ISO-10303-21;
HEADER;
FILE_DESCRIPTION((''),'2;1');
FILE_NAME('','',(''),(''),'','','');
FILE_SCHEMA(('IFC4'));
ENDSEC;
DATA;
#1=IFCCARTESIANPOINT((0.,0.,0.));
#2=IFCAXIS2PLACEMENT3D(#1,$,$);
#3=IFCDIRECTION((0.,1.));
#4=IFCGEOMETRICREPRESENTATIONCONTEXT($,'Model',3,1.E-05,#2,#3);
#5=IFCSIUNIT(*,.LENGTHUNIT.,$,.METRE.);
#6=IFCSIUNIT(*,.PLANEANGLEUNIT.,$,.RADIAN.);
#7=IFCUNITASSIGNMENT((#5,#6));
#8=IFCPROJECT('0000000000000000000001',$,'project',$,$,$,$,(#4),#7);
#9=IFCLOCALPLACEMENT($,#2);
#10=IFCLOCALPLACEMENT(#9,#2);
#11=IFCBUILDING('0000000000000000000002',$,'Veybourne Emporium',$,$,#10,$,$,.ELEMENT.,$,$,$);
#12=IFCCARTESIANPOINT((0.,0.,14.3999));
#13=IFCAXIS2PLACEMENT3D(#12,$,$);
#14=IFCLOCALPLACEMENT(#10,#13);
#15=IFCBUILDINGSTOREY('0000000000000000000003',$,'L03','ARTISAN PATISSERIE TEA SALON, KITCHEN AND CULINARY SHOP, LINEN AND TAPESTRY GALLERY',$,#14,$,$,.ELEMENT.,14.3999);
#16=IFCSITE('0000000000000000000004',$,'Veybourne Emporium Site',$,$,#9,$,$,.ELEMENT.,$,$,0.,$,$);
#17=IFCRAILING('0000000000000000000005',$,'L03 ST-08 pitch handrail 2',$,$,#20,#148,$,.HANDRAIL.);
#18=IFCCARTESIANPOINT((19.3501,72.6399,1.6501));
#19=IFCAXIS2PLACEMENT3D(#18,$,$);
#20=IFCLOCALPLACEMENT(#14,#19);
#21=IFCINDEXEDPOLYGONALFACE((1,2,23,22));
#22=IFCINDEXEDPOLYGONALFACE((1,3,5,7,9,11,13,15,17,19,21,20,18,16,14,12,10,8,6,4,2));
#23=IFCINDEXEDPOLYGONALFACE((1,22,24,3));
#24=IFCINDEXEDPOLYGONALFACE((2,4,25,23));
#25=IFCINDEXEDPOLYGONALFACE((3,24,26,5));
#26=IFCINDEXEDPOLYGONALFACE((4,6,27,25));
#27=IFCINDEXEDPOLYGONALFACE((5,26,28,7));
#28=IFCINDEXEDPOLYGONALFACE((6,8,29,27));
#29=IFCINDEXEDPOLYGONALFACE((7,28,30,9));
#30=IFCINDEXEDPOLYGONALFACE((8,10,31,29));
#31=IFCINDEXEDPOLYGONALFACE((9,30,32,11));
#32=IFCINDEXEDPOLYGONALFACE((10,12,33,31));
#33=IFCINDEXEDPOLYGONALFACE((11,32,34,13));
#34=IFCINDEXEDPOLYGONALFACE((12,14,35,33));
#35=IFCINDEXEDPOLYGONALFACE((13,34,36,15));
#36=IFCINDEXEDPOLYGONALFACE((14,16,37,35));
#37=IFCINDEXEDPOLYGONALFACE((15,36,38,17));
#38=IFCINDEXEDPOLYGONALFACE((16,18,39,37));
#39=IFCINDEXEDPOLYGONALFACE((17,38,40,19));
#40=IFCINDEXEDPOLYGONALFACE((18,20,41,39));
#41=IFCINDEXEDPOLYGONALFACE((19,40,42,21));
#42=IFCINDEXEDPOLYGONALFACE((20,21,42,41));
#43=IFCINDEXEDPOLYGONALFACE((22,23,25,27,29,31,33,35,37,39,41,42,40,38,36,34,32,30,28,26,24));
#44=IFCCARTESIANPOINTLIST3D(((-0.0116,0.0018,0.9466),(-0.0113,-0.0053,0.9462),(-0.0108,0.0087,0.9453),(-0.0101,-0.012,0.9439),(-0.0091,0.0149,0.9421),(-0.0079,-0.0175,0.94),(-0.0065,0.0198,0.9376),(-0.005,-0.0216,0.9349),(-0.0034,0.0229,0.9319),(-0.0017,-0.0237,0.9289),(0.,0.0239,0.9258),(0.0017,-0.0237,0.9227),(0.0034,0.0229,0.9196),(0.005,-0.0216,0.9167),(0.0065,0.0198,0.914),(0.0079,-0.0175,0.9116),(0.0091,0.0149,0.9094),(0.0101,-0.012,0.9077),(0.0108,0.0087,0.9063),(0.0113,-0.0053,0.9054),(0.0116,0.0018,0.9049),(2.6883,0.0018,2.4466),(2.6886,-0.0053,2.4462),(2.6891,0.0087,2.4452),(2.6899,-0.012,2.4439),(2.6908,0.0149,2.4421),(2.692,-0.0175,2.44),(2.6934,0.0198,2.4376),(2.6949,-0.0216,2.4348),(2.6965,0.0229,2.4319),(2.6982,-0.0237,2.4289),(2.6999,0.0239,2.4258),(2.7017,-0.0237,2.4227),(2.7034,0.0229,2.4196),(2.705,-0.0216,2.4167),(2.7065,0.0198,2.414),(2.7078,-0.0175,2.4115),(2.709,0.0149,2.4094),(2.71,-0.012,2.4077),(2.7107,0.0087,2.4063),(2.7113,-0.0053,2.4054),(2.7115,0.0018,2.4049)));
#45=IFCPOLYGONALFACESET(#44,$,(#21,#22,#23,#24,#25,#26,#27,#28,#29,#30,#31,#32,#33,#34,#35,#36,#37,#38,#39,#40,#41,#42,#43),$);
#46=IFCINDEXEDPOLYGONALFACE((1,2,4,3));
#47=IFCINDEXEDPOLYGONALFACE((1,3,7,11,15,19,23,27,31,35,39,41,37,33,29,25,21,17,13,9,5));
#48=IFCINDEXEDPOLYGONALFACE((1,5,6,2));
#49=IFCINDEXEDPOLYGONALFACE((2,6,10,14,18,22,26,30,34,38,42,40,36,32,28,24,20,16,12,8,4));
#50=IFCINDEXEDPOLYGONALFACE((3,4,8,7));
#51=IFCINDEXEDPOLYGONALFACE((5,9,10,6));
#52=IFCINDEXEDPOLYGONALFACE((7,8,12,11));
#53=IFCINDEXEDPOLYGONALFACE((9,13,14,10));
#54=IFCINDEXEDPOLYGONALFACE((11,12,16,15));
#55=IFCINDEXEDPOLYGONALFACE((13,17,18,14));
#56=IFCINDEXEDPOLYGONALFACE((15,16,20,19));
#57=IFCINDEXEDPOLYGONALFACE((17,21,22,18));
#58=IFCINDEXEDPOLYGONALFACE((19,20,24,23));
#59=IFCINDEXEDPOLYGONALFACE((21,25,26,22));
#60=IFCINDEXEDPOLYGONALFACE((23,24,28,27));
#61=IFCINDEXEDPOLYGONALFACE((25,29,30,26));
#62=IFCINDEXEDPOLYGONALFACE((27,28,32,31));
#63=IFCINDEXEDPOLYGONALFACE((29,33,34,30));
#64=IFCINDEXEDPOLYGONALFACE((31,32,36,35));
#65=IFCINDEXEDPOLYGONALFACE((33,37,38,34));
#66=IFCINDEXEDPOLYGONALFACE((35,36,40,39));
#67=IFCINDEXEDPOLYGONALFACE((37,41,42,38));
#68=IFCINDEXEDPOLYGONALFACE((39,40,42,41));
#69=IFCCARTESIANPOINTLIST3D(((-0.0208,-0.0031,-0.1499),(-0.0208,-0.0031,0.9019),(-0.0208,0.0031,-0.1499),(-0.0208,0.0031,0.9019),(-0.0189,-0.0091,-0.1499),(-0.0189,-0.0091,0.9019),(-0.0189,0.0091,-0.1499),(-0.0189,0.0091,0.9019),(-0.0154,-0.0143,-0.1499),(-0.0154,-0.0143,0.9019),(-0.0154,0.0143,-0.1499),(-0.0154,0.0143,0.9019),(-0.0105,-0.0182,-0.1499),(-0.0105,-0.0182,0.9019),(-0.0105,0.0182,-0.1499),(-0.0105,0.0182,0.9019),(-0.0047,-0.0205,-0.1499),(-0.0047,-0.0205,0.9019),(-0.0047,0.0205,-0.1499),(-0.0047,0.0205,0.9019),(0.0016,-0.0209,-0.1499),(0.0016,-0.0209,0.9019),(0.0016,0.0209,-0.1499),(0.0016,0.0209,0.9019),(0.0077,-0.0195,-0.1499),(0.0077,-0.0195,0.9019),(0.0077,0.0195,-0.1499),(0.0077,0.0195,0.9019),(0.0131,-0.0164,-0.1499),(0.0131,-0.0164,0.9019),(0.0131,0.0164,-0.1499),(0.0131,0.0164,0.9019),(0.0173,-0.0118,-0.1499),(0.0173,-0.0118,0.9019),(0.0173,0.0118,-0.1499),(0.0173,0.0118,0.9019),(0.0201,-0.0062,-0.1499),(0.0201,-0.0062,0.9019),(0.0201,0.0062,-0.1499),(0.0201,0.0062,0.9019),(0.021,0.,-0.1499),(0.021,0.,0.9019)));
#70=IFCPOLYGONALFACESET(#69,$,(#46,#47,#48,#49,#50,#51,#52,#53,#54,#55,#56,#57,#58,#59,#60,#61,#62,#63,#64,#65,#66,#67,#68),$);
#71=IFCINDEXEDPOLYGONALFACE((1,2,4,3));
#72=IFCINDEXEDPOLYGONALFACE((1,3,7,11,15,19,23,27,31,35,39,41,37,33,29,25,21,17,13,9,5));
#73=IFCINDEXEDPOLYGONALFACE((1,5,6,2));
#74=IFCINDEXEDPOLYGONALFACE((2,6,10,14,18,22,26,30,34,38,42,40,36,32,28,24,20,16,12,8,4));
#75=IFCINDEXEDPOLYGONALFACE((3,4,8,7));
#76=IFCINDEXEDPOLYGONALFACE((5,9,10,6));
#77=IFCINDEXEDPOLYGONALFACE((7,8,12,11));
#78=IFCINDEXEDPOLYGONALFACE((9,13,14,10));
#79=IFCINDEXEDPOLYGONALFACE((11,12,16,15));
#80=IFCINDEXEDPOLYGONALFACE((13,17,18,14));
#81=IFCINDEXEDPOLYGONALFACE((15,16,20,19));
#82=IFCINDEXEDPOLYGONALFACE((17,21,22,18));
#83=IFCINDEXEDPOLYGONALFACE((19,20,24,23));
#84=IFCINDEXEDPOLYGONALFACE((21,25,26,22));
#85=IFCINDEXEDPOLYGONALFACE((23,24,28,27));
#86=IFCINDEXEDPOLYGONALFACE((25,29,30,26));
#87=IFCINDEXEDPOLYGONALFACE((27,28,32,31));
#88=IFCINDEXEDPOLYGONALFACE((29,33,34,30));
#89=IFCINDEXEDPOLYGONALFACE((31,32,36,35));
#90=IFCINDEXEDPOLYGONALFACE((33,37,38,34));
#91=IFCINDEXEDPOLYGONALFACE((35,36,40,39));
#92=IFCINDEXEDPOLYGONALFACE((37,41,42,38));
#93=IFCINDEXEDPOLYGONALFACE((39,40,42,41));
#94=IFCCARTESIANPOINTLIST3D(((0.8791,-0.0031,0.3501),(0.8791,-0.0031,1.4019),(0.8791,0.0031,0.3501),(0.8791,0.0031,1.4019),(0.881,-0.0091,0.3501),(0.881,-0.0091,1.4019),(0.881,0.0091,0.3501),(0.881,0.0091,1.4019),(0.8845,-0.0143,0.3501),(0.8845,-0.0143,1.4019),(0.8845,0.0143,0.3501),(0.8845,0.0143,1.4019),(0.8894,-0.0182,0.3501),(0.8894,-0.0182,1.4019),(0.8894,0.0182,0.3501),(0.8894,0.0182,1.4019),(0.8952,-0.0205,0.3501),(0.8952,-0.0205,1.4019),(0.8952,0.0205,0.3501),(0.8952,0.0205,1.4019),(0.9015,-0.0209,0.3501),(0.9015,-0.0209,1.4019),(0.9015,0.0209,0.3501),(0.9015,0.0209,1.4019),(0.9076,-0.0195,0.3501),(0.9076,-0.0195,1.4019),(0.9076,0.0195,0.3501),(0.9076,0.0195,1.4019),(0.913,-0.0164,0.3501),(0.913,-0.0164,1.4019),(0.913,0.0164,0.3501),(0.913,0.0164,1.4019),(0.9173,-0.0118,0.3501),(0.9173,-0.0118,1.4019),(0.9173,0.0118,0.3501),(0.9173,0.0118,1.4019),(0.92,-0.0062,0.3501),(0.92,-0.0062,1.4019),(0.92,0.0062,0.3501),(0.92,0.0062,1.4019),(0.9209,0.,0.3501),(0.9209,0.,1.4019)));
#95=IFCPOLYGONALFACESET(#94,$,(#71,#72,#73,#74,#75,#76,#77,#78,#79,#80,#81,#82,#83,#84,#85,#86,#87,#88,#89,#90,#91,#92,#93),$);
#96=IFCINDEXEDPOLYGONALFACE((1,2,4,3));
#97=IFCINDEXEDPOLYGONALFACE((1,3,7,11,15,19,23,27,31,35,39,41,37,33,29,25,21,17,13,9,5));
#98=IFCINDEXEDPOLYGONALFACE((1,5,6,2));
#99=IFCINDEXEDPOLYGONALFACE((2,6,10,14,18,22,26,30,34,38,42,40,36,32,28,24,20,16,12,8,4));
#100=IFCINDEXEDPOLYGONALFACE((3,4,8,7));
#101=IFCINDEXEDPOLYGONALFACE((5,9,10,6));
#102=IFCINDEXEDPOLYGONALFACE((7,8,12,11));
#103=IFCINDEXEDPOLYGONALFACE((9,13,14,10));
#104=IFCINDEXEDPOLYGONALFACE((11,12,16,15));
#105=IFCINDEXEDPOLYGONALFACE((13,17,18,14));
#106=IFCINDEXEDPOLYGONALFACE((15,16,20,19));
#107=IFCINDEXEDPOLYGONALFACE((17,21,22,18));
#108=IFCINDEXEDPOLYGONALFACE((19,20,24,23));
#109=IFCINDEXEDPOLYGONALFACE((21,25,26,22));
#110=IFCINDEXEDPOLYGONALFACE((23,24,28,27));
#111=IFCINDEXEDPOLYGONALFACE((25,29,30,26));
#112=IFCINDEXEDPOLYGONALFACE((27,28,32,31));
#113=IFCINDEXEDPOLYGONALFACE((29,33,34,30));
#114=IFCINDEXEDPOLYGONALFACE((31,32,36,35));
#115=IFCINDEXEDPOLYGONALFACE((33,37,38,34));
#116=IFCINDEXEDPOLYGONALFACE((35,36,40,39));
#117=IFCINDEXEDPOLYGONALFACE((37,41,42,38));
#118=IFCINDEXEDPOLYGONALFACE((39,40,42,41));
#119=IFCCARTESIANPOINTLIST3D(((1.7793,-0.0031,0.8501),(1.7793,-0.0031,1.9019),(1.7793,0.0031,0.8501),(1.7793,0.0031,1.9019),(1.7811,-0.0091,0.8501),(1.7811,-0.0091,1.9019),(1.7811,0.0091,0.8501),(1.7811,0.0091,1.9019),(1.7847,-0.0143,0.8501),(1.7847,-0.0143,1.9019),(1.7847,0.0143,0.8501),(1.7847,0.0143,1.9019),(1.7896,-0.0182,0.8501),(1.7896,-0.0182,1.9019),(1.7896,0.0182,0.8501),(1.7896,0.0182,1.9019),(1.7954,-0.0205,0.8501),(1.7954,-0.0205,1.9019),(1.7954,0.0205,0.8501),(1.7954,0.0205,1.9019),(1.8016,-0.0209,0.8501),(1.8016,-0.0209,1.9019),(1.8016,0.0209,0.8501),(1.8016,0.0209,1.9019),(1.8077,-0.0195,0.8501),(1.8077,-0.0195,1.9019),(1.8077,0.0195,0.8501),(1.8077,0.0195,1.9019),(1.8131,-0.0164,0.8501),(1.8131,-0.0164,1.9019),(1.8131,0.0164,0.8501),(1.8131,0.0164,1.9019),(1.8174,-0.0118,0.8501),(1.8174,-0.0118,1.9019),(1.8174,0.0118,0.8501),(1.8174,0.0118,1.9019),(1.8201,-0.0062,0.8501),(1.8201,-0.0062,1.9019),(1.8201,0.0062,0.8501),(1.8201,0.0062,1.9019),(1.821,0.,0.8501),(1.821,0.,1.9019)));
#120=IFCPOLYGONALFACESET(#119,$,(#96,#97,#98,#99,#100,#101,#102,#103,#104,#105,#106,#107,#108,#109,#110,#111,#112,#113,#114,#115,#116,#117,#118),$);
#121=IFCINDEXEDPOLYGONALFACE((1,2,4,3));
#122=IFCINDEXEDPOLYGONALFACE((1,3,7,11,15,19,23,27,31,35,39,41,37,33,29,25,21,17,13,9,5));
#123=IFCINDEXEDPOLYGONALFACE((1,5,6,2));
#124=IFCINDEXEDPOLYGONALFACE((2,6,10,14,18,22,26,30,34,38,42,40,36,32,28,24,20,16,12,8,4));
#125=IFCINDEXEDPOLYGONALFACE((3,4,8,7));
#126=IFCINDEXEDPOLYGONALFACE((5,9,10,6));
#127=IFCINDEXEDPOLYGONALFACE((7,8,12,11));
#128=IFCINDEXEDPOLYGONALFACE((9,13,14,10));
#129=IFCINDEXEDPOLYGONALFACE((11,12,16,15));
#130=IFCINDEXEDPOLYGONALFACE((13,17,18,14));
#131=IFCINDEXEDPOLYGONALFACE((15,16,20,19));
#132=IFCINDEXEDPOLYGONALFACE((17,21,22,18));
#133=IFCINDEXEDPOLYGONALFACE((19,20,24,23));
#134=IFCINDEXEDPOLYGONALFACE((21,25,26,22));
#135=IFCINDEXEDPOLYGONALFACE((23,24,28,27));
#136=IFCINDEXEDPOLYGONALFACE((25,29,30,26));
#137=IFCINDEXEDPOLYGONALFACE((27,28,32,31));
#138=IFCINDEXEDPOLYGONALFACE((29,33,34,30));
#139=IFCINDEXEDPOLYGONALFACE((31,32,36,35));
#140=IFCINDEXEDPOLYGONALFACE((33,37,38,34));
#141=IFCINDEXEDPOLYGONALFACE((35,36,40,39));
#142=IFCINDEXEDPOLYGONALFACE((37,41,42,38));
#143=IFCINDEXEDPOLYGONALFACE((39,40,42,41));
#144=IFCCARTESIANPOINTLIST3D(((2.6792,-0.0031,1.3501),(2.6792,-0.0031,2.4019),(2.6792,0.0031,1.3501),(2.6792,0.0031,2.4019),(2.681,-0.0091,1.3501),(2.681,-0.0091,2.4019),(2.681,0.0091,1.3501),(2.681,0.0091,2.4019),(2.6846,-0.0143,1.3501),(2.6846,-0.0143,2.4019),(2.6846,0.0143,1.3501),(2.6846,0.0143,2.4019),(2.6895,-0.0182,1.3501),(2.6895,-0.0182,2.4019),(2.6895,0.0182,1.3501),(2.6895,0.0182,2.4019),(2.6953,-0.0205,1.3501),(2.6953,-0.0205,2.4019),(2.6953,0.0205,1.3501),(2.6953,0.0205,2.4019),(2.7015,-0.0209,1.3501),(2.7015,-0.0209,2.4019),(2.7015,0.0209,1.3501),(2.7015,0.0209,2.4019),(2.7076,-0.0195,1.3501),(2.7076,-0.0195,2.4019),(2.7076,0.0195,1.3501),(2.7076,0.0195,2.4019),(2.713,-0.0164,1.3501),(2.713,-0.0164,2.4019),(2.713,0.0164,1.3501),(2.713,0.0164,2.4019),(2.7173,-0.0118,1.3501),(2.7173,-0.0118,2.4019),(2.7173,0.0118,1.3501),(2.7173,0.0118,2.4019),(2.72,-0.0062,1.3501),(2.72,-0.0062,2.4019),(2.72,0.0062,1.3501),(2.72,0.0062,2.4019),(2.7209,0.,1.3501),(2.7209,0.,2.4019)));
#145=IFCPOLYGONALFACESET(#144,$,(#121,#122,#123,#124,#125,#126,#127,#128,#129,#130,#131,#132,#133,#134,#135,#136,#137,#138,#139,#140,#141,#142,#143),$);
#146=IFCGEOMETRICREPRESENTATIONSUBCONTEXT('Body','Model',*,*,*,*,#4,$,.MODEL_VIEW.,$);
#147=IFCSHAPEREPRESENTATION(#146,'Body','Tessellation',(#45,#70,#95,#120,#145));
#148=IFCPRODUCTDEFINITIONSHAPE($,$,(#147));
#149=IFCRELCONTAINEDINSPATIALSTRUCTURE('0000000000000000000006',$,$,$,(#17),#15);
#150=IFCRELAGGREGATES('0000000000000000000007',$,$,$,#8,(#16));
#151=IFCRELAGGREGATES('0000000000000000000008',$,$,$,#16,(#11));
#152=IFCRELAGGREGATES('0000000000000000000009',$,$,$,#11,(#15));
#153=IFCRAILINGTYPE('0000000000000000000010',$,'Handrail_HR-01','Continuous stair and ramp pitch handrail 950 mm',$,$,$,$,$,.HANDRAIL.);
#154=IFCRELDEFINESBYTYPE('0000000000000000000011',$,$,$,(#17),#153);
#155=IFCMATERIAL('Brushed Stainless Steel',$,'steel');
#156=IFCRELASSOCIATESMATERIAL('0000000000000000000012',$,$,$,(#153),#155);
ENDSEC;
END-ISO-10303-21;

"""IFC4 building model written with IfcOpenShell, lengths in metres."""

from ifc_helpers import new_model, si_unit, direction, frame, origin, origin_2d, place, context, subcontext, project, spatial, circle, extrude, material, type_object, element, save


model = new_model("IFC4")

# Units and contexts
model_context = context("Model", 3, precision=1e-05, world=origin(), true_north=direction((0.0, 1.0)))
body_context = subcontext(model_context, "Body", "Model", "MODEL_VIEW")
ifc_project = project(units=[si_unit("LENGTHUNIT", "METRE"), si_unit("PLANEANGLEUNIT", "RADIAN")], contexts=[model_context])

# Site, building, storey
site_placement = place(None, origin())
site = spatial("IfcSite", under=ifc_project, at=site_placement, Name="Veybourne Emporium Site", CompositionType="ELEMENT", RefElevation=0.0)
building_placement = place(site_placement, origin())
building = spatial("IfcBuilding", under=site, at=building_placement, Name="Veybourne Emporium", CompositionType="ELEMENT")
storey_placement = place(building_placement, frame((0.0, 0.0, 14.3999)))
storey = spatial("IfcBuildingStorey", under=building, at=storey_placement, Name="L03", Description="ARTISAN PATISSERIE TEA SALON, KITCHEN AND CULINARY SHOP, LINEN AND TAPESTRY GALLERY", CompositionType="ELEMENT", Elevation=14.3999)

# Railing
ifc_material_1 = material(Name="Brushed Stainless Steel", Category="steel")
railing_type_1 = type_object("IfcRailingType", Name="Handrail_HR-01", Description="Continuous stair and ramp pitch handrail 950 mm", PredefinedType="HANDRAIL", material=ifc_material_1)
railing_1_placement = place(storey_placement, frame((19.3501, 72.6399, 1.6501)))
element("IfcRailing", 1, at=railing_1_placement, inside=storey, type_object=railing_type_1, Name="L03 ST-08 pitch handrail 2", PredefinedType="HANDRAIL", context=body_context, shape_type="SweptSolid", body=[
    extrude(circle(Radius=0.0239, at=origin_2d()), frame((0.0, 0.0, 0.9258), z_axis=(0.874154, 0.0, 0.48565), x_axis=(0.0, 1.0, 0.0)), (0.0, 0.0, 1.0), 3.0886),
    extrude(circle(Radius=0.021, at=origin_2d()), frame((0.0, 0.0, -0.1499)), (0.0, 0.0, 1.0), 1.0518),
    extrude(circle(Radius=0.021, at=origin_2d()), frame((0.8999, 0.0, 0.3501)), (0.0, 0.0, 1.0), 1.0518),
    extrude(circle(Radius=0.021, at=origin_2d()), frame((1.8, 0.0, 0.8501)), (0.0, 0.0, 1.0), 1.0518),
    extrude(circle(Radius=0.021, at=origin_2d()), frame((2.7, 0.0, 1.3501)), (0.0, 0.0, 1.0), 1.0518),
])

save(model, "model.ifc")
